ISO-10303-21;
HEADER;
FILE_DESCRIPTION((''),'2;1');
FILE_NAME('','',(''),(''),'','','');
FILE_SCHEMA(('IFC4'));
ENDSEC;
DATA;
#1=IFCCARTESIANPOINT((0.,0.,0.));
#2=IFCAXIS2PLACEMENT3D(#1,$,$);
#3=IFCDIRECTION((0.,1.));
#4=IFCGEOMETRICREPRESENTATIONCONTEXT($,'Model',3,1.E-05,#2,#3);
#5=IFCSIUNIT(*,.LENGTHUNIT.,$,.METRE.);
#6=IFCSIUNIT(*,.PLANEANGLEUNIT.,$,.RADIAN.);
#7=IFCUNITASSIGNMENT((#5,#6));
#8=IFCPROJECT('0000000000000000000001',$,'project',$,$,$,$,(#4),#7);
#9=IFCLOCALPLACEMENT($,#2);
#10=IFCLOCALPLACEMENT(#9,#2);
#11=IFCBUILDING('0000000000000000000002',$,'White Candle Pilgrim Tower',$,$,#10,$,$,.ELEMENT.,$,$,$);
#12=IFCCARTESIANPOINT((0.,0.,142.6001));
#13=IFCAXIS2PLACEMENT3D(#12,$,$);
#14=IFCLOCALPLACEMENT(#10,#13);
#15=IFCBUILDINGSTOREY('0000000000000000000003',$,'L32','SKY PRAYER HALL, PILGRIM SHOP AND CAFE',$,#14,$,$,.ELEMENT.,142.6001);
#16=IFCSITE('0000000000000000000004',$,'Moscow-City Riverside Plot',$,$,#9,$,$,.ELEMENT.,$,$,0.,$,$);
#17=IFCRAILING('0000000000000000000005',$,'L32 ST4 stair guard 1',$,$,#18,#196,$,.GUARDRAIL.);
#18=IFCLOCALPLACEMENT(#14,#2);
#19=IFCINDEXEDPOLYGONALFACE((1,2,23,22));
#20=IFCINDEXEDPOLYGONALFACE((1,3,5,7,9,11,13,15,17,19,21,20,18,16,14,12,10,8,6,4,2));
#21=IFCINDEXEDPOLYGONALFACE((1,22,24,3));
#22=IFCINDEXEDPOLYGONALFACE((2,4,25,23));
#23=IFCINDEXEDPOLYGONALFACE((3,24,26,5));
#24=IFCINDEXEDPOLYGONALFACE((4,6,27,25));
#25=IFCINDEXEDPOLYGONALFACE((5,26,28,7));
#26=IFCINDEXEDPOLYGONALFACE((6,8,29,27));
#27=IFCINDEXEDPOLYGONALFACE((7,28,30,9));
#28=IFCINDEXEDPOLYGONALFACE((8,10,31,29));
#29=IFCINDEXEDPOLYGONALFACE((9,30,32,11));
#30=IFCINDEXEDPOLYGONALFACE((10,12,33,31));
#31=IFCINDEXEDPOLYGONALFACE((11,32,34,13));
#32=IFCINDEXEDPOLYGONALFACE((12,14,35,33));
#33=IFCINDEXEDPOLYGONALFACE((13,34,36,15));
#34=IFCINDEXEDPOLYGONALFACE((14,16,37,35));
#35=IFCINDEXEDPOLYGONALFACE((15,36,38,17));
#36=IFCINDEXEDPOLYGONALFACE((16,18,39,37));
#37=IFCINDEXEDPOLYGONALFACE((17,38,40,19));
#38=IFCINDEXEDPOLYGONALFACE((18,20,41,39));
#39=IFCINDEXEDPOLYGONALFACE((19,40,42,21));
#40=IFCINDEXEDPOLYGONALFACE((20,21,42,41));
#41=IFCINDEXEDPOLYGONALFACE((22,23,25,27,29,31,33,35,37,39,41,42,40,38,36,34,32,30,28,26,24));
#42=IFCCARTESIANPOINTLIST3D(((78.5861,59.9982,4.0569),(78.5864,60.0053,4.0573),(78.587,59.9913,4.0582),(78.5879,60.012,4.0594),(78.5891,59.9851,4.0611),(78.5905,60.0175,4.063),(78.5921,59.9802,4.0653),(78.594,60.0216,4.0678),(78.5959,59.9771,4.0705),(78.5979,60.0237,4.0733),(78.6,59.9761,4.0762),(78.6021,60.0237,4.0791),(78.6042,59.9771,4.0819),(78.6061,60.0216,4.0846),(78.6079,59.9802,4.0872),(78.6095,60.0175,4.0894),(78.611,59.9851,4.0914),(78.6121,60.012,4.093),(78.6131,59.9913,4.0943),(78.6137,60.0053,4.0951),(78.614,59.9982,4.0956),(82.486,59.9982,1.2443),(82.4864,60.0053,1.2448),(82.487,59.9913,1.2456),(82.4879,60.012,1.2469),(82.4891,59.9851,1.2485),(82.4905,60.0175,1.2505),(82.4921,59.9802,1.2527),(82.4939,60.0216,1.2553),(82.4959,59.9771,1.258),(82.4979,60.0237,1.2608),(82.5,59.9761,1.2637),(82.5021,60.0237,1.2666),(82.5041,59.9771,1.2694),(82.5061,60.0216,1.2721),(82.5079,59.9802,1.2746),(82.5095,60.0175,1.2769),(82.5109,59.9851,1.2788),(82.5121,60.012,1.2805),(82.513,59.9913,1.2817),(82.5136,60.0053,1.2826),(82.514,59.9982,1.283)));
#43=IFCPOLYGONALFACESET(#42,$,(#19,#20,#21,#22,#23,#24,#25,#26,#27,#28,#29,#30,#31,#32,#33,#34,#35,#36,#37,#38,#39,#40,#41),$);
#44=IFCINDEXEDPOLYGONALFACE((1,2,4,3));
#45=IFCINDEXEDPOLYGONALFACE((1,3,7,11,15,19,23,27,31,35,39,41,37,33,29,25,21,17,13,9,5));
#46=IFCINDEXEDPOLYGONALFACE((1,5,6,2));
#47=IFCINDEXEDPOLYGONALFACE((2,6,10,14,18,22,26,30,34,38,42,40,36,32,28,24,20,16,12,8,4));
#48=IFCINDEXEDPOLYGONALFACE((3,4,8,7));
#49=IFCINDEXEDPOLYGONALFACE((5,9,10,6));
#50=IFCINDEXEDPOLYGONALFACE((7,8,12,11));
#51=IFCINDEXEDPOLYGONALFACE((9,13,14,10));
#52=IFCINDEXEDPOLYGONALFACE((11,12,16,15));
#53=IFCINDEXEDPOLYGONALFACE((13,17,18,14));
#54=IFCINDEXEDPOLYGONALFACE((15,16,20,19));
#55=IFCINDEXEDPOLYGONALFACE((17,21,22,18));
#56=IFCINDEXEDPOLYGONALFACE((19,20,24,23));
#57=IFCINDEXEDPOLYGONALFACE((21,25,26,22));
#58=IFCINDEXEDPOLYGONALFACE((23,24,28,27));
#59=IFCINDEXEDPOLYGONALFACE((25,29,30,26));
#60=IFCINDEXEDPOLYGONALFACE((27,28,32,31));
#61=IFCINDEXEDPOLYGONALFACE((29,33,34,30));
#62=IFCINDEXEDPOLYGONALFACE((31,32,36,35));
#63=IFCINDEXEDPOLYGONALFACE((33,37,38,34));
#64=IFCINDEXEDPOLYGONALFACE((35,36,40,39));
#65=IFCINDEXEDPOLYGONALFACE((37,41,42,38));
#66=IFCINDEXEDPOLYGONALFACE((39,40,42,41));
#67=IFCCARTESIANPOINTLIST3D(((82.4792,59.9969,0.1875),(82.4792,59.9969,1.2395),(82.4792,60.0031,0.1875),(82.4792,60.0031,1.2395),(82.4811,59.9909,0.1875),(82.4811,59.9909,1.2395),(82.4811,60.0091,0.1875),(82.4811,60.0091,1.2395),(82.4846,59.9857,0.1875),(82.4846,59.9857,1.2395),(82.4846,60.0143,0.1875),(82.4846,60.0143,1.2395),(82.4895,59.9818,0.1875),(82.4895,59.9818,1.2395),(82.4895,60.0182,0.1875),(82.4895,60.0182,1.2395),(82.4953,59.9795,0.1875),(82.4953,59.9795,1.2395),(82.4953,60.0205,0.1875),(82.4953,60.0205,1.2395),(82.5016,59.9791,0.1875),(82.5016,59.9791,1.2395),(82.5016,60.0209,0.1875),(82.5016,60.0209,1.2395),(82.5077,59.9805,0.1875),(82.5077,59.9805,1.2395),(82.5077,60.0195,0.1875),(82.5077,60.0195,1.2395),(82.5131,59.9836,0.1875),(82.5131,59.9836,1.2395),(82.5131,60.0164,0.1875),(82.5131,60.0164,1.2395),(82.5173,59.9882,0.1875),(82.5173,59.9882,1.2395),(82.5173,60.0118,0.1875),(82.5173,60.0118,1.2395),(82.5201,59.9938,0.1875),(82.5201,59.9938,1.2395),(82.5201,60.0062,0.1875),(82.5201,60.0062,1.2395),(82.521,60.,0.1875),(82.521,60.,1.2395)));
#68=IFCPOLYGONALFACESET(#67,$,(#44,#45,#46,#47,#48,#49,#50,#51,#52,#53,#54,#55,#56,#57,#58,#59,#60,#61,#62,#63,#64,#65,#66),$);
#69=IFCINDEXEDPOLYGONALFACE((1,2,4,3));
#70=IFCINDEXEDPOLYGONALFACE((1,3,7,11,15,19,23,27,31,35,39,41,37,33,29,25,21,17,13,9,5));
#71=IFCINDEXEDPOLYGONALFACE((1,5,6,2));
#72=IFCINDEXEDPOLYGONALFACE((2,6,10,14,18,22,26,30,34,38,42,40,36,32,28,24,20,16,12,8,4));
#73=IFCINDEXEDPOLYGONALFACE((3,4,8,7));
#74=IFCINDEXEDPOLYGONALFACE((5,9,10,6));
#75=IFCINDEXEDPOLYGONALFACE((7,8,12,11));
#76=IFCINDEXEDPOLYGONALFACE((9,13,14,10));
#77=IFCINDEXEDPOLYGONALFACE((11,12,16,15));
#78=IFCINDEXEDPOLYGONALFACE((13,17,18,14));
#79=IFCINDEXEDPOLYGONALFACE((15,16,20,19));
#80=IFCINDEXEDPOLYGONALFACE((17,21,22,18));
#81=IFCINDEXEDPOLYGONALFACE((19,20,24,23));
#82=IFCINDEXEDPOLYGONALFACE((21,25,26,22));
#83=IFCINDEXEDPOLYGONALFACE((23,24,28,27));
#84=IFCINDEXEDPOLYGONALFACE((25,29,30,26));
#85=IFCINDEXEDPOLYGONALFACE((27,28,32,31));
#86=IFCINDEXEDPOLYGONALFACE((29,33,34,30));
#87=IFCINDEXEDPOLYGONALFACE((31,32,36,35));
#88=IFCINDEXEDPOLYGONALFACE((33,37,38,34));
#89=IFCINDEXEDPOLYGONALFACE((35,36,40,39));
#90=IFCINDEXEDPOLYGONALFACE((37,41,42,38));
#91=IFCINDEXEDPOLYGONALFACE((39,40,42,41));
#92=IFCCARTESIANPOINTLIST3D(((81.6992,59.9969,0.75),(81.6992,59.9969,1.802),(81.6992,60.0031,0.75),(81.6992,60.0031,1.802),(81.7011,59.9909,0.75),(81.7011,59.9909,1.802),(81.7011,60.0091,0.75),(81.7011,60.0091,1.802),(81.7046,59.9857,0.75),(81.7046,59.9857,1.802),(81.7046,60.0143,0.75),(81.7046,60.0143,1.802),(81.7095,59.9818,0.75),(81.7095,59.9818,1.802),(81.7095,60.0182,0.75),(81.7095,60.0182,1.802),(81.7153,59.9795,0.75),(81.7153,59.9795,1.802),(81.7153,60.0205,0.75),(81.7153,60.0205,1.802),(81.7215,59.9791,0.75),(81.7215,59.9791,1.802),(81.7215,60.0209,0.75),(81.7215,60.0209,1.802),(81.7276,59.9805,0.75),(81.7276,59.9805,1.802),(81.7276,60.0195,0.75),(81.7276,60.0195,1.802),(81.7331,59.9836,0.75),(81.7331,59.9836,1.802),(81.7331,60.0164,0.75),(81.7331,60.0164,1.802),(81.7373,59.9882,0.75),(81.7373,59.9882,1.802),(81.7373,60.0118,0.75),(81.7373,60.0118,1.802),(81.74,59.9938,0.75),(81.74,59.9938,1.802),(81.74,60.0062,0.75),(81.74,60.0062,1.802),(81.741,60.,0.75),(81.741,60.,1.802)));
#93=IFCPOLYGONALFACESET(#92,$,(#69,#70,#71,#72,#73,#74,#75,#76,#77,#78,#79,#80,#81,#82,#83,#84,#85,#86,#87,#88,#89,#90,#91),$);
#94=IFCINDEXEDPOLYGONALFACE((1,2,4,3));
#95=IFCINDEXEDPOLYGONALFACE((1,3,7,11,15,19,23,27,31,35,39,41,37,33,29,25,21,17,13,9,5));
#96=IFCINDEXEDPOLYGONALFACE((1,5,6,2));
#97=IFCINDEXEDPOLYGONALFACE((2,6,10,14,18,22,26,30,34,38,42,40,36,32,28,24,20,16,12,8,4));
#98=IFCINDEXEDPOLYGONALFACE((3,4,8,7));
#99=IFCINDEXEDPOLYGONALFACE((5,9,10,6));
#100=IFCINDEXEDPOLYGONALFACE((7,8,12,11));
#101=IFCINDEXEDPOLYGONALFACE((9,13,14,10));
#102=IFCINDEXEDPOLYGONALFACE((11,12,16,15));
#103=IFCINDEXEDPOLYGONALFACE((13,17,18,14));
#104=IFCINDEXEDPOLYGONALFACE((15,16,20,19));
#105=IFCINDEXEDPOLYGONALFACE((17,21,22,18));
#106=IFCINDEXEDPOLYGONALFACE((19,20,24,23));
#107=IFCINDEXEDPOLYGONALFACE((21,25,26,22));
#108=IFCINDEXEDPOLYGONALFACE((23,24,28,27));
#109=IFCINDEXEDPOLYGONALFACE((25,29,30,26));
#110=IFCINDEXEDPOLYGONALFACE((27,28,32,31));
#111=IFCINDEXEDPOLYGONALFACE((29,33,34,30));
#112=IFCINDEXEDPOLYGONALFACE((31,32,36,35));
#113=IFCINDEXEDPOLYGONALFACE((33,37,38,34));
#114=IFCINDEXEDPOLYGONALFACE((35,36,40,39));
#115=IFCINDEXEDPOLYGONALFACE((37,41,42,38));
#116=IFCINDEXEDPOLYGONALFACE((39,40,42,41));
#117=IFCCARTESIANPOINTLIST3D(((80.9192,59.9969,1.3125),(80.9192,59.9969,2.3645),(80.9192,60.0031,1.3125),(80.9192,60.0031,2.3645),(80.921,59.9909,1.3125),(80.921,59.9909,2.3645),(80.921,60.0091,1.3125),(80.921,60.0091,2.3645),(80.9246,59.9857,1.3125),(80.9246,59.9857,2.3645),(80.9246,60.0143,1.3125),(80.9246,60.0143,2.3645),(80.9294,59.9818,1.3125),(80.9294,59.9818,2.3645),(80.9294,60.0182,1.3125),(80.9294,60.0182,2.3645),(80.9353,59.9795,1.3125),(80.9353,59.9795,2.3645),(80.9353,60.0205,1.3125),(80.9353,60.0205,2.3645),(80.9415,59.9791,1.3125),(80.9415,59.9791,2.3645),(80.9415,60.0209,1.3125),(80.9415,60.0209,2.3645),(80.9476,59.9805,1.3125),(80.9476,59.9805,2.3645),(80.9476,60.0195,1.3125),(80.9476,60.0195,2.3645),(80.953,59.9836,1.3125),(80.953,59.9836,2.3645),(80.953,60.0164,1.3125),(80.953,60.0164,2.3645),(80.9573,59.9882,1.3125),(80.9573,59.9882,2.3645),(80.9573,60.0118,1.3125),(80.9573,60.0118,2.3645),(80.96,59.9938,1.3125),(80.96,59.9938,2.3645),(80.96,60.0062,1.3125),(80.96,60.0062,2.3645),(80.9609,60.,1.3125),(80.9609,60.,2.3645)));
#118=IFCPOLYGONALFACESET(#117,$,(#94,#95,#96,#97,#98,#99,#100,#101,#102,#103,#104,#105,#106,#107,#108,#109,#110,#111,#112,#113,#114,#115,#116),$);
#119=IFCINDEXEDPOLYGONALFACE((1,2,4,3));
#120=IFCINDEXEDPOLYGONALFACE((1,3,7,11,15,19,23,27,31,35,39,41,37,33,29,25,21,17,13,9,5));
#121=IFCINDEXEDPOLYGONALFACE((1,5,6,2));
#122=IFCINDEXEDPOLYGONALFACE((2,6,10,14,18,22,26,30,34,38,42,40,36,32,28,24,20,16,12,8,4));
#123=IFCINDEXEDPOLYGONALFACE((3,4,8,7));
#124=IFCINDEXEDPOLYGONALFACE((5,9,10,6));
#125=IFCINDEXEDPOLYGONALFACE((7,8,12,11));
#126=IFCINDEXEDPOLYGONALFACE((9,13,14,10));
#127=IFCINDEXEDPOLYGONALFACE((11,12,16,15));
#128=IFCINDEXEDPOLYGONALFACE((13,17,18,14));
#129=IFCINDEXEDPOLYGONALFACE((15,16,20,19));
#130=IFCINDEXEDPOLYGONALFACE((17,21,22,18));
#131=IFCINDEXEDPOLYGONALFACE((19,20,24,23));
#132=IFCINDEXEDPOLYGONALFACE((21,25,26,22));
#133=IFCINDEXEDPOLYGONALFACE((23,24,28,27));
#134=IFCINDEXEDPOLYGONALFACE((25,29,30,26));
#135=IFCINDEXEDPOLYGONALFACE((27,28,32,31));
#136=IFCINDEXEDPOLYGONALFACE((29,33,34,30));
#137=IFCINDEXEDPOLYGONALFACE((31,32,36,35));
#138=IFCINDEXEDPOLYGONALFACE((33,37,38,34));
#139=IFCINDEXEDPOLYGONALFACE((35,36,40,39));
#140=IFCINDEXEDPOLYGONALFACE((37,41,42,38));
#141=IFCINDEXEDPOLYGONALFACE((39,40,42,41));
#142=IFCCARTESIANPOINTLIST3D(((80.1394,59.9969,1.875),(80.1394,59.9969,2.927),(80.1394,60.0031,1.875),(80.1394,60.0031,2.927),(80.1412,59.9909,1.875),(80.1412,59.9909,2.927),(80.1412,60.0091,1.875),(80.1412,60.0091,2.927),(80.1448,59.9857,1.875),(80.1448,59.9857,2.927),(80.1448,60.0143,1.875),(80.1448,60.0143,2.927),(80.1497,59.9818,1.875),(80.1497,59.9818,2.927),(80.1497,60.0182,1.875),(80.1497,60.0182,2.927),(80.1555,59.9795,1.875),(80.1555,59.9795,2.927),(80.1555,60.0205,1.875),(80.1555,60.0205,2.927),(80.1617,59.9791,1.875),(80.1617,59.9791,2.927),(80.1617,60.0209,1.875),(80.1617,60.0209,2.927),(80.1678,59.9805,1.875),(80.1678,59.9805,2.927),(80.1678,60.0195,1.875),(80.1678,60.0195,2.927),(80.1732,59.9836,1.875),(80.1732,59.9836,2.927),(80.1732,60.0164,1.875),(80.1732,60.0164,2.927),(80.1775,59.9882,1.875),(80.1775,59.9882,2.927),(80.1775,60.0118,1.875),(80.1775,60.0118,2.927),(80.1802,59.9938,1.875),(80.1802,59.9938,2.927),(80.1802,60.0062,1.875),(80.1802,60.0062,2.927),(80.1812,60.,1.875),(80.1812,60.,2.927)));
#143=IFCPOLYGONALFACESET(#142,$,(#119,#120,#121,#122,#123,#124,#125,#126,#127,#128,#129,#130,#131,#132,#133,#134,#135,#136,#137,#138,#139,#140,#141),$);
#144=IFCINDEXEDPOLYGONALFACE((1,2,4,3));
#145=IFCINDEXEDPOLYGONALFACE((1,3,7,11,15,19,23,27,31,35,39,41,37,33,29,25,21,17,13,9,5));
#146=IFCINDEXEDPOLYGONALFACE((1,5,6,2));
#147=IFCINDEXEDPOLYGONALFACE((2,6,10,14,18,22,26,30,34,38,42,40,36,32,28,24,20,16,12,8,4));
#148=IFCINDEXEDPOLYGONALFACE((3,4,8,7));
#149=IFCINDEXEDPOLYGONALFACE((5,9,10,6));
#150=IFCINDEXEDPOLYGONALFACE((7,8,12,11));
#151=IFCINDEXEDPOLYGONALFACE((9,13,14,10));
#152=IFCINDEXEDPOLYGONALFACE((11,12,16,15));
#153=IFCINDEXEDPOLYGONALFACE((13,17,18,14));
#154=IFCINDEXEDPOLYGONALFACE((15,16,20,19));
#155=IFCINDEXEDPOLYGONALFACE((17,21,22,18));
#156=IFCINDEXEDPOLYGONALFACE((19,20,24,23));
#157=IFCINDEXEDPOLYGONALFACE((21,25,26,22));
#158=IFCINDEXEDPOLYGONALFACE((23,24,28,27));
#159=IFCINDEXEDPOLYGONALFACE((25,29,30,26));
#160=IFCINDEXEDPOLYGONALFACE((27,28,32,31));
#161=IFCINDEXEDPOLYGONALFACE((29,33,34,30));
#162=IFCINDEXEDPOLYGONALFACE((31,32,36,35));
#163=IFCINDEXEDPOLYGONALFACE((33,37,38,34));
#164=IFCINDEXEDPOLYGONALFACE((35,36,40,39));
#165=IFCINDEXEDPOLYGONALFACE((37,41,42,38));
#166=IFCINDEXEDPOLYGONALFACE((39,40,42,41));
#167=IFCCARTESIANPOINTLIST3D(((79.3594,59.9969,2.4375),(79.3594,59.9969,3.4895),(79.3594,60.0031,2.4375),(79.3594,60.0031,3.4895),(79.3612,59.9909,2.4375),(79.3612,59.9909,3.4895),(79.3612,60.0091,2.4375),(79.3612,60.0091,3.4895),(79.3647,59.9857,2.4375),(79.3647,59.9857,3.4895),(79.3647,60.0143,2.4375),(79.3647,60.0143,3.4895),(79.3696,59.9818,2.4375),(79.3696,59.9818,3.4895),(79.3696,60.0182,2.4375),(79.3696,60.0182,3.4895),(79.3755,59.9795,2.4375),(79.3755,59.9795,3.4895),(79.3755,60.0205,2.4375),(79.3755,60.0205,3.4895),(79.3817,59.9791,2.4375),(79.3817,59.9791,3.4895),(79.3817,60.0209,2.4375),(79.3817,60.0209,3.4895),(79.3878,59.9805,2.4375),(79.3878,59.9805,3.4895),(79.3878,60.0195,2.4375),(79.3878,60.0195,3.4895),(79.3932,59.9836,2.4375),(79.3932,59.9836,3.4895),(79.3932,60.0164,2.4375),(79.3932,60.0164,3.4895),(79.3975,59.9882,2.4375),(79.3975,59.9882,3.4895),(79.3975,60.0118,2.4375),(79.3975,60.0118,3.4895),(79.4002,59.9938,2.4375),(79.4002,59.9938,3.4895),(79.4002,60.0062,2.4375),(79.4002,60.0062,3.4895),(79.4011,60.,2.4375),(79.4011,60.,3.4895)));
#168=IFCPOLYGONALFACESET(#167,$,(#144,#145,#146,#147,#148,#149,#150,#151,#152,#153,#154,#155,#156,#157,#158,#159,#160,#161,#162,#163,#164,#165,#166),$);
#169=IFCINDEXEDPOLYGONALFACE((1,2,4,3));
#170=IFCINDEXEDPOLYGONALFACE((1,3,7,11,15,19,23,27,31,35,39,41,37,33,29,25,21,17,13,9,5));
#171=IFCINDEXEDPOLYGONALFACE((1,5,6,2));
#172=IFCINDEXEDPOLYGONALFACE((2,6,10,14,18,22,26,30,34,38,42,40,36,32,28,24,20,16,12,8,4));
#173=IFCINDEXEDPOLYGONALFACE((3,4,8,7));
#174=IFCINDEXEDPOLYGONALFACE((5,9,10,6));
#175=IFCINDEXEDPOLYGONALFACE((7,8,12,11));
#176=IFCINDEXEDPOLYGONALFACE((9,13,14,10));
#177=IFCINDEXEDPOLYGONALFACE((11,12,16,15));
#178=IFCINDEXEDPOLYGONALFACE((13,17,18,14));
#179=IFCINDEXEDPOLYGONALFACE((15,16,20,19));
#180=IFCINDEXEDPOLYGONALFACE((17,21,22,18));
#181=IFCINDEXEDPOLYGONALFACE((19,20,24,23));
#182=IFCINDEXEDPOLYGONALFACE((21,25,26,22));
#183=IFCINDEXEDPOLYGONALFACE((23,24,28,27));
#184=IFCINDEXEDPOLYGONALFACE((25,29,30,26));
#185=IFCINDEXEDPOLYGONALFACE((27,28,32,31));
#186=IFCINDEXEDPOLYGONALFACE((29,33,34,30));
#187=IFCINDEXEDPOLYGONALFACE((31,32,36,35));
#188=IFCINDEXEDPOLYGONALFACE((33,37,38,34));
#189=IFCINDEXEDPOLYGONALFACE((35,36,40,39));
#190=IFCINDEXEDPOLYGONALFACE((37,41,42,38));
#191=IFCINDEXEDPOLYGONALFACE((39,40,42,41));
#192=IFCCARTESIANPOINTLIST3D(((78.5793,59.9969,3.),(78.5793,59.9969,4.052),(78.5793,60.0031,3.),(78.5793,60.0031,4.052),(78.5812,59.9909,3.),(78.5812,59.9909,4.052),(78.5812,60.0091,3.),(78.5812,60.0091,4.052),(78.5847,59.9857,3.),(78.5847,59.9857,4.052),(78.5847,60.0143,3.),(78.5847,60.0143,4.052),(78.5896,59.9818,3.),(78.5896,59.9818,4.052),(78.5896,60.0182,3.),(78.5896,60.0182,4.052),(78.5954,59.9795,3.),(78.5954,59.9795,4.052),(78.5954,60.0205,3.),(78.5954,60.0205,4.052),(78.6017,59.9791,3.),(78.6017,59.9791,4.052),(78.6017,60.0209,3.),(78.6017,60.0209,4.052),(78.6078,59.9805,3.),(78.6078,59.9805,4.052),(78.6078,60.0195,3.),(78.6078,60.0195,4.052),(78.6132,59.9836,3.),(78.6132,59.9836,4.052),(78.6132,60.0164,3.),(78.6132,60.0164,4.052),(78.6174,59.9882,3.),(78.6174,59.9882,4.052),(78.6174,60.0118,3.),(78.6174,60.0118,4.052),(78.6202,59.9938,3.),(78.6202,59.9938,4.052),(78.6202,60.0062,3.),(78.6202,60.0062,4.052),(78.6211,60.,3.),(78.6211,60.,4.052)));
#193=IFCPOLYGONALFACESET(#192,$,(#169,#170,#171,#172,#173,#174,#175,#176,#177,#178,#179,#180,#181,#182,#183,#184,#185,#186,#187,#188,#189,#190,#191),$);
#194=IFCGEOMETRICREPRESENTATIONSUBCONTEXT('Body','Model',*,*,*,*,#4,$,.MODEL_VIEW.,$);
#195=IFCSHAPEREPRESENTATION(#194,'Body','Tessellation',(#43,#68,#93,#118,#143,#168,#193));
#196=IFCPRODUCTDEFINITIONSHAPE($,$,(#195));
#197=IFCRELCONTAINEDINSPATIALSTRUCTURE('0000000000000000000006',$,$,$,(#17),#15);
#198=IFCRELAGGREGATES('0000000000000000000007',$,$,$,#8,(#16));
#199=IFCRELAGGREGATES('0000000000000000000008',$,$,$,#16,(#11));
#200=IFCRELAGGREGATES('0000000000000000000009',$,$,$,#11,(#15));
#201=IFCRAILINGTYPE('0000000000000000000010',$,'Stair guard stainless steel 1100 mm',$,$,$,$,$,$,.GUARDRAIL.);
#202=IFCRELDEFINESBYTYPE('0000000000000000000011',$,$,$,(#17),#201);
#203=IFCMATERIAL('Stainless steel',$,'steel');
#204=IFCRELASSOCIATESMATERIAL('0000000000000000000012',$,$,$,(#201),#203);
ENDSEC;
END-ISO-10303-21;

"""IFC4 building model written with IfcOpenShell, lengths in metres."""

from ifc_helpers import new_model, si_unit, direction, frame, origin, origin_2d, place, context, subcontext, project, spatial, circle, extrude, material, type_object, element, save


model = new_model("IFC4")

# Units and contexts
model_context = context("Model", 3, precision=1e-05, world=origin(), true_north=direction((0.0, 1.0)))
body_context = subcontext(model_context, "Body", "Model", "MODEL_VIEW")
ifc_project = project(units=[si_unit("LENGTHUNIT", "METRE"), si_unit("PLANEANGLEUNIT", "RADIAN")], contexts=[model_context])

# Site, building, storey
site_placement = place(None, origin())
site = spatial("IfcSite", under=ifc_project, at=site_placement, Name="Moscow-City Riverside Plot", CompositionType="ELEMENT", RefElevation=0.0)
building_placement = place(site_placement, origin())
building = spatial("IfcBuilding", under=site, at=building_placement, Name="White Candle Pilgrim Tower", CompositionType="ELEMENT")
storey_placement = place(building_placement, frame((0.0, 0.0, 142.6001)))
storey = spatial("IfcBuildingStorey", under=building, at=storey_placement, Name="L32", Description="SKY PRAYER HALL, PILGRIM SHOP AND CAFE", CompositionType="ELEMENT", Elevation=142.6001)

# Railing
ifc_material_1 = material(Name="Stainless steel", Category="steel")
railing_type_1 = type_object("IfcRailingType", Name="Stair guard stainless steel 1100 mm", PredefinedType="GUARDRAIL", material=ifc_material_1)
railing_1_placement = place(storey_placement, frame((82.5, 60.0, 0.1875)))
element("IfcRailing", 1, at=railing_1_placement, inside=storey, type_object=railing_type_1, Name="L32 ST4 stair guard 1", PredefinedType="GUARDRAIL", context=body_context, shape_type="SweptSolid", body=[
    extrude(circle(Radius=0.0239, at=origin_2d()), frame((0.0, 0.0, 1.0762), z_axis=(-0.811083, 0.0, 0.584931), x_axis=(0.0, -1.0, 0.0)), (0.0, 0.0, 1.0), 4.8083),
    extrude(circle(Radius=0.021, at=origin_2d()), origin(), (0.0, 0.0, 1.0), 1.052),
    extrude(circle(Radius=0.021, at=origin_2d()), frame((-0.78, 0.0, 0.5625)), (0.0, 0.0, 1.0), 1.052),
    extrude(circle(Radius=0.021, at=origin_2d()), frame((-1.5601, 0.0, 1.125)), (0.0, 0.0, 1.0), 1.052),
    extrude(circle(Radius=0.021, at=origin_2d()), frame((-2.3398, 0.0, 1.6875)), (0.0, 0.0, 1.0), 1.052),
    extrude(circle(Radius=0.021, at=origin_2d()), frame((-3.1199, 0.0, 2.25)), (0.0, 0.0, 1.0), 1.052),
    extrude(circle(Radius=0.021, at=origin_2d()), frame((-3.8999, 0.0, 2.8125)), (0.0, 0.0, 1.0), 1.052),
])

save(model, "model.ifc")
